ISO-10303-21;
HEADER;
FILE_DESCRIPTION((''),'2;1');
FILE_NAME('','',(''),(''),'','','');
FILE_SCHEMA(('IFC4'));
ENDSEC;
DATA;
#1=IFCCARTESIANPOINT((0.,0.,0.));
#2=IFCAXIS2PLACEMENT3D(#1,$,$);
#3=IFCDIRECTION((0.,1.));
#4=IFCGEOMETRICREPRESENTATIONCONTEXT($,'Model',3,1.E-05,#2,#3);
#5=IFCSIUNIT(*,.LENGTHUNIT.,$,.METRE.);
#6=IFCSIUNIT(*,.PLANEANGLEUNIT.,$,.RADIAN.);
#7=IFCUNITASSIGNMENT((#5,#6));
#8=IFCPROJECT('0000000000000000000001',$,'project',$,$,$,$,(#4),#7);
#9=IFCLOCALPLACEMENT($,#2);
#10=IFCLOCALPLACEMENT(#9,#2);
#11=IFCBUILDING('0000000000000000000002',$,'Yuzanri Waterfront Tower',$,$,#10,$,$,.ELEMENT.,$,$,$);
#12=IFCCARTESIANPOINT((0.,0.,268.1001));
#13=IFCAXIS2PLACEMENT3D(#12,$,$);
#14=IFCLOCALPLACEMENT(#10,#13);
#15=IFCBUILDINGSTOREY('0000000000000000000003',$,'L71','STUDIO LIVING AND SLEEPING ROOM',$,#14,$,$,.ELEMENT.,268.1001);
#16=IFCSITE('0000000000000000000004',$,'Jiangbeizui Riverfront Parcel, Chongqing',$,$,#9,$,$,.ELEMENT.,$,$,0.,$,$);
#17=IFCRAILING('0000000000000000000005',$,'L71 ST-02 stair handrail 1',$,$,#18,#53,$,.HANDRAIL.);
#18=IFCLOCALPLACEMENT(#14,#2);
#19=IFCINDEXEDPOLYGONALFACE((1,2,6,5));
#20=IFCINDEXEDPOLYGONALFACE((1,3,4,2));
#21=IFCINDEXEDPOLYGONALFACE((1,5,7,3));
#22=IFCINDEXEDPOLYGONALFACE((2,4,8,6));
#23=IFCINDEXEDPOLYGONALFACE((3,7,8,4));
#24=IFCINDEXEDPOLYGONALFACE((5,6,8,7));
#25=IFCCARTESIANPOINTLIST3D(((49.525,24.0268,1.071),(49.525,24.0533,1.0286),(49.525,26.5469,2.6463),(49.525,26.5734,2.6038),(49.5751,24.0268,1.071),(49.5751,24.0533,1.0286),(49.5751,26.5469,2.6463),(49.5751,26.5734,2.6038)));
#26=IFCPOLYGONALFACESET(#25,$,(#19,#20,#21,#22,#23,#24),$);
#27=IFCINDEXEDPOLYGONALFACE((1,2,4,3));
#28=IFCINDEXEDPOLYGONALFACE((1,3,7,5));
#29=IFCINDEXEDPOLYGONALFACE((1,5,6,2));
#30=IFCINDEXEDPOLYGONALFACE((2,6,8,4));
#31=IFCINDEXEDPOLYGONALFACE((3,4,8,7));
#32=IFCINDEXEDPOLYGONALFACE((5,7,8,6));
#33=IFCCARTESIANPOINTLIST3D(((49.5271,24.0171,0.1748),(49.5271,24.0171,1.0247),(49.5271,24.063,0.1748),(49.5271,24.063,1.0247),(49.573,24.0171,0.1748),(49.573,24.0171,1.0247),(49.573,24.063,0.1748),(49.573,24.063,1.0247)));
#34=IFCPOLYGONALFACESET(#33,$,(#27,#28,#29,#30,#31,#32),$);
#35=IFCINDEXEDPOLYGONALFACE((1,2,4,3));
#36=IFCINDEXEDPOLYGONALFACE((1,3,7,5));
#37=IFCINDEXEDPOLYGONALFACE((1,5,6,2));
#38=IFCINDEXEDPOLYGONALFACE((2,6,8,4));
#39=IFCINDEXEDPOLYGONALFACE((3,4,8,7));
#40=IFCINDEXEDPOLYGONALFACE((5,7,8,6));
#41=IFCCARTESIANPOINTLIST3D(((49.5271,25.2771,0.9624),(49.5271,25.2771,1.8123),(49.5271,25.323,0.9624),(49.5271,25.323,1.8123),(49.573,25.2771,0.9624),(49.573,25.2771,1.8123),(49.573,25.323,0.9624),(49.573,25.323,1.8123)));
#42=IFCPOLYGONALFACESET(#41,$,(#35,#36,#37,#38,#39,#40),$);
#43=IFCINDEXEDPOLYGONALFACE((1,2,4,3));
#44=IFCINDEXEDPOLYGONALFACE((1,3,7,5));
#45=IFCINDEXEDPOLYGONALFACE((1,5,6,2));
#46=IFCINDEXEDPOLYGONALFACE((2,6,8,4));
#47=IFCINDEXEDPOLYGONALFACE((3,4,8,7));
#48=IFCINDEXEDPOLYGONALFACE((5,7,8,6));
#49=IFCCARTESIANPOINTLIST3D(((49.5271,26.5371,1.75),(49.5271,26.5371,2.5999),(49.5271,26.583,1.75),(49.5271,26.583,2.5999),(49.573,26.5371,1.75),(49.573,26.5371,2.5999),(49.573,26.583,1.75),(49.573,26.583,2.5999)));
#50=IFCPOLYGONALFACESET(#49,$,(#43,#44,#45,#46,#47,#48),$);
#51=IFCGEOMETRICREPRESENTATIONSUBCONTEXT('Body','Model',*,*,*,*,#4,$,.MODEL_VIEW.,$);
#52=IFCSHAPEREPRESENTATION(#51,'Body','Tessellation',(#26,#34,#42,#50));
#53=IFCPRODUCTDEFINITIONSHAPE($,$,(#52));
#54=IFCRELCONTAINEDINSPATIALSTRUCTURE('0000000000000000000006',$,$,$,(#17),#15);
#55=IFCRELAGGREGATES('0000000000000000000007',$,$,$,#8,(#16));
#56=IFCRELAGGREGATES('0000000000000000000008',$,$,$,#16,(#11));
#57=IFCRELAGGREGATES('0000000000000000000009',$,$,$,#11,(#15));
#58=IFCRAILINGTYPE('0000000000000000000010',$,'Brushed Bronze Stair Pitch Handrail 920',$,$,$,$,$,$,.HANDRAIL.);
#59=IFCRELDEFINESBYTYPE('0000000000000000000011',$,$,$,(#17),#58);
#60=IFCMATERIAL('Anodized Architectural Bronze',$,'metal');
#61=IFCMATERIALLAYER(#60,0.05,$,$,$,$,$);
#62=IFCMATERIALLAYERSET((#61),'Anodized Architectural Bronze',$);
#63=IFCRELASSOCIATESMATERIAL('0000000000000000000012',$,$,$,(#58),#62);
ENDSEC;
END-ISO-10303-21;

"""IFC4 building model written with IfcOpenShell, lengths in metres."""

from ifc_helpers import new_model, si_unit, direction, frame, origin, origin_2d, place, context, subcontext, project, spatial, rectangle, extrude, source, transform, mapped, material, layer, layer_set, type_object, element, save


model = new_model("IFC4")

# Units and contexts
model_context = context("Model", 3, precision=1e-05, world=origin(), true_north=direction((0.0, 1.0)))
body_context = subcontext(model_context, "Body", "Model", "MODEL_VIEW")
ifc_project = project(units=[si_unit("LENGTHUNIT", "METRE"), si_unit("PLANEANGLEUNIT", "RADIAN")], contexts=[model_context])

# Site, building, storey
site_placement = place(None, origin())
site = spatial("IfcSite", under=ifc_project, at=site_placement, Name="Jiangbeizui Riverfront Parcel, Chongqing", CompositionType="ELEMENT", RefElevation=0.0)
building_placement = place(site_placement, origin())
building = spatial("IfcBuilding", under=site, at=building_placement, Name="Yuzanri Waterfront Tower", CompositionType="ELEMENT")
storey_placement = place(building_placement, frame((0.0, 0.0, 268.1001)))
storey = spatial("IfcBuildingStorey", under=building, at=storey_placement, Name="L71", Description="STUDIO LIVING AND SLEEPING ROOM", CompositionType="ELEMENT", Elevation=268.1001)

# Railing
ifc_material_1 = material(Name="Anodized Architectural Bronze", Category="metal")
ifc_layer_1 = layer(ifc_material_1, 0.05)
ifc_layer_set_1 = layer_set([ifc_layer_1], Name="Anodized Architectural Bronze")
railing_type = type_object("IfcRailingType", Name="Brushed Bronze Stair Pitch Handrail 920", PredefinedType="HANDRAIL", material=ifc_layer_set_1)
shared_shape_1 = source(origin(), body_context, "Body", "SweptSolid", [
    extrude(rectangle(XDim=0.05, YDim=0.05, at=origin_2d()), frame((0.0, 0.0, 0.875), z_axis=(0.0, 0.847971, 0.530043), x_axis=(-1.0, 0.0, 0.0)), (0.0, 0.0, 1.0), 2.9719),
    extrude(rectangle(XDim=0.0459, YDim=0.0459, at=origin_2d()), origin(), (0.0, 0.0, 1.0), 0.8499),
    extrude(rectangle(XDim=0.0459, YDim=0.0459, at=origin_2d()), frame((0.0, 1.26, 0.7876)), (0.0, 0.0, 1.0), 0.8499),
    extrude(rectangle(XDim=0.0459, YDim=0.0459, at=origin_2d()), frame((0.0, 2.52, 1.5752)), (0.0, 0.0, 1.0), 0.8499),
])
railing_placement = place(storey_placement, frame((49.55, 24.04, 0.1748)))
element("IfcRailing", 1, at=railing_placement, inside=storey, type_object=railing_type, Name="L71 ST-02 stair handrail 1", PredefinedType="HANDRAIL", context=body_context, shape_type="MappedRepresentation", body=[
    mapped(shared_shape_1, transform((0.0, 0.0, 0.0), scale=1.0)),
])

save(model, "model.ifc")
